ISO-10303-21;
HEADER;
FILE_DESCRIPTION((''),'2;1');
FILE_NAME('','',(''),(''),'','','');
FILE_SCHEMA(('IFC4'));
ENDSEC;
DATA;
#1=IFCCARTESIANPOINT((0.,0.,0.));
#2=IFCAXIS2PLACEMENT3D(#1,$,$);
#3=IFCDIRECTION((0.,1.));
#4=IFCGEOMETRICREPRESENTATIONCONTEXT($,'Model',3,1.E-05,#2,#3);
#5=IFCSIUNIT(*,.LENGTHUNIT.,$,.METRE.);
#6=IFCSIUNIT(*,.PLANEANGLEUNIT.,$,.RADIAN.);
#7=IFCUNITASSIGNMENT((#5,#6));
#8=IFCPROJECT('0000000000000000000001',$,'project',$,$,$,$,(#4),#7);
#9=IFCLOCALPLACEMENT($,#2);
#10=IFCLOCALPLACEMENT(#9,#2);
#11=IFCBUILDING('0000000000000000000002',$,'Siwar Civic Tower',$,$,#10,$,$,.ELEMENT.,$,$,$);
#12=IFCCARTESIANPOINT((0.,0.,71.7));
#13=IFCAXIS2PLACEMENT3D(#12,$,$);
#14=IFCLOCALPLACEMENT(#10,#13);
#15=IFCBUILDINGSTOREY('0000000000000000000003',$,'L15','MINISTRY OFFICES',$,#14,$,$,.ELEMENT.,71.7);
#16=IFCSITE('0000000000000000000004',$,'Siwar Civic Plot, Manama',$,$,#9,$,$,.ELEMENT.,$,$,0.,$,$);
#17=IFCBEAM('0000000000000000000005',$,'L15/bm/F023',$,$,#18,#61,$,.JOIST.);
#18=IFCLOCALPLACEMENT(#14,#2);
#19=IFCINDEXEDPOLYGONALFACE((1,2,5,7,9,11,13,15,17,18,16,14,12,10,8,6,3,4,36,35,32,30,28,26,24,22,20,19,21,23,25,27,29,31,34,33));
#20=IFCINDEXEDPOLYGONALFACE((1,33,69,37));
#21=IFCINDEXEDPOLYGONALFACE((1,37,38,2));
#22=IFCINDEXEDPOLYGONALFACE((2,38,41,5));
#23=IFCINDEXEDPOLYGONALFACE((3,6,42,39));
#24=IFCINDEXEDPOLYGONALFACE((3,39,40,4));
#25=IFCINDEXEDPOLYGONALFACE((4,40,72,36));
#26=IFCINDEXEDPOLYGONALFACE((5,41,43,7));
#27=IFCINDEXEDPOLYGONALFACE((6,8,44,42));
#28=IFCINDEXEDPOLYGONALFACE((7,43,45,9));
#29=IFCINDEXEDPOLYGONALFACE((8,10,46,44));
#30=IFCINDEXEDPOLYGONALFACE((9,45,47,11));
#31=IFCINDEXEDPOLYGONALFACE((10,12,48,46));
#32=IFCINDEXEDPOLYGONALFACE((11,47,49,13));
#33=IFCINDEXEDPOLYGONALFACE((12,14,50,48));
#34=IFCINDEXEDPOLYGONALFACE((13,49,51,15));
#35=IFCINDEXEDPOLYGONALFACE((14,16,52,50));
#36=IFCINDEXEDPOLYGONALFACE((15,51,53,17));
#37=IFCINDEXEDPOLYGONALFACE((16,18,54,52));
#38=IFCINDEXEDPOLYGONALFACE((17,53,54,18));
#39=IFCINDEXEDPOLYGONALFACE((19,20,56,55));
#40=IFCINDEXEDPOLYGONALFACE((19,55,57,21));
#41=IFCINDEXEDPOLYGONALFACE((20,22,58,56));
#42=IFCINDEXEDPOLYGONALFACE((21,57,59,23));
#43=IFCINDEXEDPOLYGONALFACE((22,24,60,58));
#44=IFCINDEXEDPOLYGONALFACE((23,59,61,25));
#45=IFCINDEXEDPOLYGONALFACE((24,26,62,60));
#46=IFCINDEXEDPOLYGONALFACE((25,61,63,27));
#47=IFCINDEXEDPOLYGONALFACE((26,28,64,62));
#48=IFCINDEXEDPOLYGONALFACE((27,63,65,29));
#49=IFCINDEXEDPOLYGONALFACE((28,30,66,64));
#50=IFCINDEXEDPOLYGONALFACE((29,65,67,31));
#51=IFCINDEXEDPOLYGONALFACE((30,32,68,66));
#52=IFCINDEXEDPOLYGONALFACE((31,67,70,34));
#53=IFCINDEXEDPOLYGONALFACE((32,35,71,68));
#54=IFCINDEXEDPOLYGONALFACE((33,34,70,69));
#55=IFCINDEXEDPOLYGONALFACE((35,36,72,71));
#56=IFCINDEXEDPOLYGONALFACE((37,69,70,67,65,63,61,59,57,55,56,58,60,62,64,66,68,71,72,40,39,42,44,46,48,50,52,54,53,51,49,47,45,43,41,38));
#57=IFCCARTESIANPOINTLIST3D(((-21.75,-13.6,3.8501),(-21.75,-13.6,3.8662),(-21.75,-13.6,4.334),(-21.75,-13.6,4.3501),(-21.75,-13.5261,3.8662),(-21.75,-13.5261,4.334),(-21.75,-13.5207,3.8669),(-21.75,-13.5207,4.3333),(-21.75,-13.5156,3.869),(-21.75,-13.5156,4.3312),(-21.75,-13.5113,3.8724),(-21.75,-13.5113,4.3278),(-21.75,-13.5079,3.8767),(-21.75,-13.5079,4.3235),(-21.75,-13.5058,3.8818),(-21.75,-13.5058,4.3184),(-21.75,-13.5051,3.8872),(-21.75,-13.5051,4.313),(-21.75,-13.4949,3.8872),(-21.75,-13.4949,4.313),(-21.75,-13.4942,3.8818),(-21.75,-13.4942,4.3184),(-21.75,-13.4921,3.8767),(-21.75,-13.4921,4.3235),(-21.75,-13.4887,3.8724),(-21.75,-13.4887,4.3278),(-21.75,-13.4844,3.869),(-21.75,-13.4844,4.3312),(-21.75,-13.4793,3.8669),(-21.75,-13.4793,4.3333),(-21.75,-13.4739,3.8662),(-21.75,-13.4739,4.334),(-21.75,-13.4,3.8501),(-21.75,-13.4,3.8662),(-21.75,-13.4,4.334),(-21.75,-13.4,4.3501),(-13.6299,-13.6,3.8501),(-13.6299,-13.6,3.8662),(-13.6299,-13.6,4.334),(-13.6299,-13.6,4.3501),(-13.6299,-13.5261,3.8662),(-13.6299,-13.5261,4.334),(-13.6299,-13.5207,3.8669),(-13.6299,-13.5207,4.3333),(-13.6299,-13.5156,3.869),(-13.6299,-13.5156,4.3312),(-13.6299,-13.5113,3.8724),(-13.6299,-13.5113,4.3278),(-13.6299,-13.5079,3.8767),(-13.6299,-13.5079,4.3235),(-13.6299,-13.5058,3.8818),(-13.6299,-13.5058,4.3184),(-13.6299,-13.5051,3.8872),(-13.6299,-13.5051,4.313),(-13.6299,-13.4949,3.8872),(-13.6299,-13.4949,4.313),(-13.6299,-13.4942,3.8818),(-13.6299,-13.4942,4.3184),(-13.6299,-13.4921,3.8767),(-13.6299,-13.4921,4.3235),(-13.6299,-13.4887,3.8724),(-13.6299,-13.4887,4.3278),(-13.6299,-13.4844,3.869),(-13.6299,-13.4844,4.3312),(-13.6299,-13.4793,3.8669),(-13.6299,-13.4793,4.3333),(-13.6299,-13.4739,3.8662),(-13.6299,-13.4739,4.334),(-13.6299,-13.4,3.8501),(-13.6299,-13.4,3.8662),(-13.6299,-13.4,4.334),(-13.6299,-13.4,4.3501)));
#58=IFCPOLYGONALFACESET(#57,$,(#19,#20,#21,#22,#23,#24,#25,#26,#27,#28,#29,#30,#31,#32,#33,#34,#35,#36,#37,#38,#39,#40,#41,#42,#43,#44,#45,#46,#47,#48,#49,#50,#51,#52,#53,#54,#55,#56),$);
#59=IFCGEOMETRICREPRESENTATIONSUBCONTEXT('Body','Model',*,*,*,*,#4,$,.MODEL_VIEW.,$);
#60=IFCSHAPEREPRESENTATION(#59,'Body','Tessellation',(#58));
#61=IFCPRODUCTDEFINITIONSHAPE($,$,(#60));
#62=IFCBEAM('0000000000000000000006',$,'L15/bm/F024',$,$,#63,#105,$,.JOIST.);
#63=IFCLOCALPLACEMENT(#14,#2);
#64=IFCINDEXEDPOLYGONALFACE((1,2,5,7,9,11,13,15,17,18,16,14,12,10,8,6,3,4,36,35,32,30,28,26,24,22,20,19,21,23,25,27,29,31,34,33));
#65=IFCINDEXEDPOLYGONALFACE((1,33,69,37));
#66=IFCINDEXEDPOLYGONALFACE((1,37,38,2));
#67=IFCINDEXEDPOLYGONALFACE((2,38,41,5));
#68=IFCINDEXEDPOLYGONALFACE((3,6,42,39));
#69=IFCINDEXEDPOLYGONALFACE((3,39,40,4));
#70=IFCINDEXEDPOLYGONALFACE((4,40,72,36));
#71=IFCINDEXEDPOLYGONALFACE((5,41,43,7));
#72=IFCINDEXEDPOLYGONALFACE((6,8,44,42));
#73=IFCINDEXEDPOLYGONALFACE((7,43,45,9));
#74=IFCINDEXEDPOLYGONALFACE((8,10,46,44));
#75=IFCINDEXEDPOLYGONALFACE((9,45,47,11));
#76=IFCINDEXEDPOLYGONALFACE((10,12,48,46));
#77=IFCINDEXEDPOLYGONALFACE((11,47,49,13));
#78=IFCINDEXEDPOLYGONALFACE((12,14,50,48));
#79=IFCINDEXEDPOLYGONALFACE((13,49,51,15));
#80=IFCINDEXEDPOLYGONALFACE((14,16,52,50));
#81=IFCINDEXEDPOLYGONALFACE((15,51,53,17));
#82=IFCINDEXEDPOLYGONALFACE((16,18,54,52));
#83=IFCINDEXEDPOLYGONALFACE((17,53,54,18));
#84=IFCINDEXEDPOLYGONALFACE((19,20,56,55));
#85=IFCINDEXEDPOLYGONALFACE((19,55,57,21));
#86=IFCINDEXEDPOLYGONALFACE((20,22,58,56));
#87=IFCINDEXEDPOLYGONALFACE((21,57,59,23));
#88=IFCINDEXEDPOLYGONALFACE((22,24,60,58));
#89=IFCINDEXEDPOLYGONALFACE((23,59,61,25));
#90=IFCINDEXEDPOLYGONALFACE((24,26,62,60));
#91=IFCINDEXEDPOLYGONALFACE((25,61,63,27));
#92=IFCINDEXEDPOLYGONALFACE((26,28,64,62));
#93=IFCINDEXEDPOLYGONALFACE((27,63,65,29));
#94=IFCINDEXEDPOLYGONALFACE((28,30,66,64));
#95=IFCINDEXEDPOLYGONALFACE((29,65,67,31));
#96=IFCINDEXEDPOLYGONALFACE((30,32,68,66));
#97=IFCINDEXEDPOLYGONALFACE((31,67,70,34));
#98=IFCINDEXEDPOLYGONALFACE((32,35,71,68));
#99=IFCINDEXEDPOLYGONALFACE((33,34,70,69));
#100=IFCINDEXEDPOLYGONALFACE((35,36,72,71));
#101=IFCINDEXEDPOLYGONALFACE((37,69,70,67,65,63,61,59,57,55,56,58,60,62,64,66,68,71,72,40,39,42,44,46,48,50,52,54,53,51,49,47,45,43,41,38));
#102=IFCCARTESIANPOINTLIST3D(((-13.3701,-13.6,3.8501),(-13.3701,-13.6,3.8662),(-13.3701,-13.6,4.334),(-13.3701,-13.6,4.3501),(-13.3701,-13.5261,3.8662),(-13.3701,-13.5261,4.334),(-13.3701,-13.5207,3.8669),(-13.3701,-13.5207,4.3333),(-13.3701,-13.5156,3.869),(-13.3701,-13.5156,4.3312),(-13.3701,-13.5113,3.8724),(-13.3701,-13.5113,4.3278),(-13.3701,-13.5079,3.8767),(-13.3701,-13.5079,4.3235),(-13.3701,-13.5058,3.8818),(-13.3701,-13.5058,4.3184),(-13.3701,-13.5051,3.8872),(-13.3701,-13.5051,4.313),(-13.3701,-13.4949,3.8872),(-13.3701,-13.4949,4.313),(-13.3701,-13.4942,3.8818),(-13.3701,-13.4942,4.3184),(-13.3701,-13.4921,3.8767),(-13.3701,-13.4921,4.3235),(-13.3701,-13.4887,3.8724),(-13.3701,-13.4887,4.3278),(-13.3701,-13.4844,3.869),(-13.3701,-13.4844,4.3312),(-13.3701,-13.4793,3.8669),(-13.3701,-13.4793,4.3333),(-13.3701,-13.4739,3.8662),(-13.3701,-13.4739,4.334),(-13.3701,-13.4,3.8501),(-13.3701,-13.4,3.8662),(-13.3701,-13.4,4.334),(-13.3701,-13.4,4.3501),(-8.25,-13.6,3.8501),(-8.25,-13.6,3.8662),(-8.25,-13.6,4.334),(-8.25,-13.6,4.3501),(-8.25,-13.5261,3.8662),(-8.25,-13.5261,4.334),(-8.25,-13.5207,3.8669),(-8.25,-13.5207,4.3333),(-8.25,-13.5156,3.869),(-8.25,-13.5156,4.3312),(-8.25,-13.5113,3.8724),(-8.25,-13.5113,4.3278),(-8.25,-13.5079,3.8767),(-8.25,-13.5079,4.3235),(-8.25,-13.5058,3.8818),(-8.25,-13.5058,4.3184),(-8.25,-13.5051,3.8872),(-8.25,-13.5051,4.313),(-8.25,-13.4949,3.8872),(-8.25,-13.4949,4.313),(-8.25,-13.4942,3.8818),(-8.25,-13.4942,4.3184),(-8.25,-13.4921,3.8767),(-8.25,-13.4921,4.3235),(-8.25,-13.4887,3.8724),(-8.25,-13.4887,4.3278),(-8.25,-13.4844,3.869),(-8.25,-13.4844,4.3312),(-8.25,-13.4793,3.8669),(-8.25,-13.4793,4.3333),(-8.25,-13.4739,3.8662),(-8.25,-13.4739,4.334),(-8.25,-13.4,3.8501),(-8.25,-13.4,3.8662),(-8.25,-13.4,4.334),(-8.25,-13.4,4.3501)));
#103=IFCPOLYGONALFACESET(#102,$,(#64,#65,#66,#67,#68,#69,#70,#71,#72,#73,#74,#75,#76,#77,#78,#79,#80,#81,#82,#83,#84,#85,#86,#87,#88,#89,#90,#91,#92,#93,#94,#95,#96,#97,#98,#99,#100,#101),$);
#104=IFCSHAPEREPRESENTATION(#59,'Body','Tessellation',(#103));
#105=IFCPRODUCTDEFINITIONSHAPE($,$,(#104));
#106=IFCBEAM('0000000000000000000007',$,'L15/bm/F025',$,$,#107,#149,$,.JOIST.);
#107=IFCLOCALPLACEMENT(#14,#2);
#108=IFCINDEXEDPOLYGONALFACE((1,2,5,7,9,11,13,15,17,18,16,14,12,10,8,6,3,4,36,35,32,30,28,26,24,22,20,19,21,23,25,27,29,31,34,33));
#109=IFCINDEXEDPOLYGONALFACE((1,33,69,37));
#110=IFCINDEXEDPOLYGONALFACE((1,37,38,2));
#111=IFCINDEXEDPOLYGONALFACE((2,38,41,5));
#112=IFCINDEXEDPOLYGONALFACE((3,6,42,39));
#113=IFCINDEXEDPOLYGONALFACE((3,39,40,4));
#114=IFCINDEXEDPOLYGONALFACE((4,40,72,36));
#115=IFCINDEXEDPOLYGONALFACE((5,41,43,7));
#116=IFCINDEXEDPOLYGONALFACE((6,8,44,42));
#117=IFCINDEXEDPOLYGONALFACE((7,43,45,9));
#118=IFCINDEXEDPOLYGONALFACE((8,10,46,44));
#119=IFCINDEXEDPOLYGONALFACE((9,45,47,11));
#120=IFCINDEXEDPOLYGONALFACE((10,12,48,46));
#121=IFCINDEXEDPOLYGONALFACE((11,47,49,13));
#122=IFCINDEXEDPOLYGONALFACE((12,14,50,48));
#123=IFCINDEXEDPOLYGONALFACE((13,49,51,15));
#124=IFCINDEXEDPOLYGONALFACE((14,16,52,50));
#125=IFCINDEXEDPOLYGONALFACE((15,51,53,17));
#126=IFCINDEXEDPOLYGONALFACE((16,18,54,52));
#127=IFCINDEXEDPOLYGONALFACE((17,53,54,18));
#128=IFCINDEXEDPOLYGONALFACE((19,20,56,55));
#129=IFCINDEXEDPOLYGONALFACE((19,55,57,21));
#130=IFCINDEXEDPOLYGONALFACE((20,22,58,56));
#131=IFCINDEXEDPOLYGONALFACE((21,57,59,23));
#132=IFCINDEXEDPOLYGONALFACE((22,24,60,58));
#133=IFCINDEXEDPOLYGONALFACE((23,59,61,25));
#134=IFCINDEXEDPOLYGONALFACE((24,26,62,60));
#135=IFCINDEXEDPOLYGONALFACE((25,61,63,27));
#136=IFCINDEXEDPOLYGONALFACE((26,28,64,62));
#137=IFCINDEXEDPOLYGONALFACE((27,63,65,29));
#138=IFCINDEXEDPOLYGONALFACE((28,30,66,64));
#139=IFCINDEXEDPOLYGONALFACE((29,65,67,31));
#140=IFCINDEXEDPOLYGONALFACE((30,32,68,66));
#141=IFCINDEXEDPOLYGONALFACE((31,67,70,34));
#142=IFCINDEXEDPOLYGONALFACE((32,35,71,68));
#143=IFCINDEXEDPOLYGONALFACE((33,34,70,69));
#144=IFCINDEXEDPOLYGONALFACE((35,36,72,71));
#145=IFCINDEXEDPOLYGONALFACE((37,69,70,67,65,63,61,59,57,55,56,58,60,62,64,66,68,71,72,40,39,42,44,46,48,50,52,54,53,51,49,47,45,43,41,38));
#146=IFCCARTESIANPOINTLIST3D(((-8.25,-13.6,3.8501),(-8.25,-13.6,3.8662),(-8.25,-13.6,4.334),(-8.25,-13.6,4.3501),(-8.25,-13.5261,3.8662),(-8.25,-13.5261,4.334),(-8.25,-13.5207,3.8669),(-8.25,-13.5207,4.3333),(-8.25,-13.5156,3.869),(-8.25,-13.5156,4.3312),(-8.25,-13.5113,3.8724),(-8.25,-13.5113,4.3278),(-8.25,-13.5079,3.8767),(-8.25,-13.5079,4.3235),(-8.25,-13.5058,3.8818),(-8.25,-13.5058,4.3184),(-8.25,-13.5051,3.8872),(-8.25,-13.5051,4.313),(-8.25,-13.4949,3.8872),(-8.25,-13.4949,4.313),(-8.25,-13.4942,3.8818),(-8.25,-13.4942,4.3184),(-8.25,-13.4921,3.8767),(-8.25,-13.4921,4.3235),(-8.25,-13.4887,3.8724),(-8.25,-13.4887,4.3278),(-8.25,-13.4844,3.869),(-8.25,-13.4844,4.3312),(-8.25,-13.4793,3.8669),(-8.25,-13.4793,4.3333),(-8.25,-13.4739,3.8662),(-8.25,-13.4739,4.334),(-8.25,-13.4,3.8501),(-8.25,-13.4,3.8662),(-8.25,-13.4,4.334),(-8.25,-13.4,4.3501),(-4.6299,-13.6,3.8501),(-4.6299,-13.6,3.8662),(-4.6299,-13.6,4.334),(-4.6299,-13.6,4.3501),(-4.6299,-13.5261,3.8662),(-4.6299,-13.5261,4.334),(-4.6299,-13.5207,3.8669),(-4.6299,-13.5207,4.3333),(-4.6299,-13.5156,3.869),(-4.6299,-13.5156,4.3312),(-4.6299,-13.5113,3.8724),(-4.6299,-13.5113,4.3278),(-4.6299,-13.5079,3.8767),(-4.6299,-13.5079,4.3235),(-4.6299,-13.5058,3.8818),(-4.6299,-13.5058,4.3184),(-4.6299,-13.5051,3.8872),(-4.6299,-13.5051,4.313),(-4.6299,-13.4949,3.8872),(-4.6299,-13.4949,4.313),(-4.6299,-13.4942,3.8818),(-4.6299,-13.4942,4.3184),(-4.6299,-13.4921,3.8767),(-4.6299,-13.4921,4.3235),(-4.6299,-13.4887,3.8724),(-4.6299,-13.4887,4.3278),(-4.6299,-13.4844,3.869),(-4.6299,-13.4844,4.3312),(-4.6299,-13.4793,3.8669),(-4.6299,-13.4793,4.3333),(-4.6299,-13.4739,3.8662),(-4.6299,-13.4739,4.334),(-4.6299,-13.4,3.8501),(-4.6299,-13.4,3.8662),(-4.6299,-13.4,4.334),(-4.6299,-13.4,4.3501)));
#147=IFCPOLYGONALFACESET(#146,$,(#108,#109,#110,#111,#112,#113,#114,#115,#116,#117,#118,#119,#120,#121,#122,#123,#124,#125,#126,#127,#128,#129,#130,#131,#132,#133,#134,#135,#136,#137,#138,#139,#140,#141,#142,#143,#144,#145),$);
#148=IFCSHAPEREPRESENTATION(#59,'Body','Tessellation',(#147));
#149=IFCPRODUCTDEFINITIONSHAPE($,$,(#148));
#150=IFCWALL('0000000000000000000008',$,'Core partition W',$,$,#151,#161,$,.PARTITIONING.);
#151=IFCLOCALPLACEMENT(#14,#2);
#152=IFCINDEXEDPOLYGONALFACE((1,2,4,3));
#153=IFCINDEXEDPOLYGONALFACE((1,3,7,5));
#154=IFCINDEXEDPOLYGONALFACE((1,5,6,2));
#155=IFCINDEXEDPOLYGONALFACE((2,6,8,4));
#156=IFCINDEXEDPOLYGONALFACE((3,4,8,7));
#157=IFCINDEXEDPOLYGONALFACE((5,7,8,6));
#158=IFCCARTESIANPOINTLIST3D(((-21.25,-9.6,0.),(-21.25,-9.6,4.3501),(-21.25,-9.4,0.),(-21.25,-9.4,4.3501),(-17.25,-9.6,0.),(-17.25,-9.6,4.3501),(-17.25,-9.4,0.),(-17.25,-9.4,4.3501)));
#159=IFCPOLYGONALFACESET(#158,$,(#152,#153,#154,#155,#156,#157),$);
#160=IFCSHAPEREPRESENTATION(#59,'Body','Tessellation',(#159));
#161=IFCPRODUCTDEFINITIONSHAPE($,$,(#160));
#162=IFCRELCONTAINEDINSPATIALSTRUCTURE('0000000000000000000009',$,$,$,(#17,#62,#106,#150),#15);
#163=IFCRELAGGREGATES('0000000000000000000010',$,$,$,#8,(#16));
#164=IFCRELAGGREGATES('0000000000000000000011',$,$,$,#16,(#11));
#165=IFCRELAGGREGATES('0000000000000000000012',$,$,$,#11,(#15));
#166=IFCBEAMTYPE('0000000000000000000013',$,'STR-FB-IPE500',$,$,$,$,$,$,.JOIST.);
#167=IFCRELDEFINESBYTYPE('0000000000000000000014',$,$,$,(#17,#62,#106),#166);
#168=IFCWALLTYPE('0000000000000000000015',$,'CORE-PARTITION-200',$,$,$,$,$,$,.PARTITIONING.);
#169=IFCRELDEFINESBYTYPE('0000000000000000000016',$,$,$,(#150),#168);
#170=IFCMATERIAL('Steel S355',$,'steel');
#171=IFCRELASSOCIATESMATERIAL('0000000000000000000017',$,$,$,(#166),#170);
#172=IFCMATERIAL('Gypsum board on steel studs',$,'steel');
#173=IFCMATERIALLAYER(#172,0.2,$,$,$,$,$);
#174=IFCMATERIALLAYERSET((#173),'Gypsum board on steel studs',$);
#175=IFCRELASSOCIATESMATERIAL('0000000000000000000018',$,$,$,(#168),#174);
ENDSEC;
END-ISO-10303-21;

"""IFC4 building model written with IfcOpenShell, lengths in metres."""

from ifc_helpers import new_model, si_unit, direction, frame, frame_2d, origin, origin_2d, place, context, subcontext, project, spatial, rectangle, i_section, extrude, material, layer, layer_set, material_profile, profile_set, type_object, element, save


model = new_model("IFC4")

# Units and contexts
model_context = context("Model", 3, precision=1e-05, world=origin(), true_north=direction((0.0, 1.0)))
body_context = subcontext(model_context, "Body", "Model", "MODEL_VIEW")
ifc_project = project(units=[si_unit("LENGTHUNIT", "METRE"), si_unit("PLANEANGLEUNIT", "RADIAN")], contexts=[model_context])

# Site, building, storey
site_placement = place(None, origin())
site = spatial("IfcSite", under=ifc_project, at=site_placement, Name="Siwar Civic Plot, Manama", CompositionType="ELEMENT", RefElevation=0.0)
building_placement = place(site_placement, origin())
building = spatial("IfcBuilding", under=site, at=building_placement, Name="Siwar Civic Tower", CompositionType="ELEMENT")
storey_placement = place(building_placement, frame((0.0, 0.0, 71.7)))
storey = spatial("IfcBuildingStorey", under=building, at=storey_placement, Name="L15", Description="MINISTRY OFFICES", CompositionType="ELEMENT", Elevation=71.7)

# Beams
ifc_material_1 = material(Name="Steel S355", Category="steel")
ifc_material_profile = material_profile(ifc_material_1, i_section(OverallWidth=0.2, OverallDepth=0.5, WebThickness=0.0103, FlangeThickness=0.0161, FilletRadius=0.021, at=origin_2d()), Name="IPE500")
ifc_profile_set = profile_set([ifc_material_profile], Name="Steel S355")
beam_type = type_object("IfcBeamType", Name="STR-FB-IPE500", PredefinedType="JOIST", material=ifc_profile_set)
beam_1_placement = place(storey_placement, frame((-21.75, -13.5, 4.1001), z_axis=(1.0, 0.0, 0.0), x_axis=(0.0, 1.0, 0.0)))
element("IfcBeam", 1, at=beam_1_placement, inside=storey, type_object=beam_type, Name="L15/bm/F023", PredefinedType="JOIST", context=body_context, shape_type="SweptSolid", body=[
    extrude(i_section(OverallWidth=0.2, OverallDepth=0.5, WebThickness=0.0103, FlangeThickness=0.0161, FilletRadius=0.021, at=origin_2d()), origin(), (0.0, 0.0, 1.0), 8.1201),
])
beam_2_placement = place(storey_placement, frame((-13.3701, -13.5, 4.1001), z_axis=(1.0, 0.0, 0.0), x_axis=(0.0, 1.0, 0.0)))
element("IfcBeam", 2, at=beam_2_placement, inside=storey, type_object=beam_type, Name="L15/bm/F024", PredefinedType="JOIST", context=body_context, shape_type="SweptSolid", body=[
    extrude(i_section(OverallWidth=0.2, OverallDepth=0.5, WebThickness=0.0103, FlangeThickness=0.0161, FilletRadius=0.021, at=origin_2d()), origin(), (0.0, 0.0, 1.0), 5.1201),
])
beam_3_placement = place(storey_placement, frame((-8.25, -13.5, 4.1001), z_axis=(1.0, 0.0, 0.0), x_axis=(0.0, 1.0, 0.0)))
element("IfcBeam", 3, at=beam_3_placement, inside=storey, type_object=beam_type, Name="L15/bm/F025", PredefinedType="JOIST", context=body_context, shape_type="SweptSolid", body=[
    extrude(i_section(OverallWidth=0.2, OverallDepth=0.5, WebThickness=0.0103, FlangeThickness=0.0161, FilletRadius=0.021, at=origin_2d()), origin(), (0.0, 0.0, 1.0), 3.6201),
])

# Wall
ifc_material_2 = material(Name="Gypsum board on steel studs", Category="steel")
ifc_layer_1 = layer(ifc_material_2, 0.2)
ifc_layer_set_1 = layer_set([ifc_layer_1], Name="Gypsum board on steel studs")
wall_type_1 = type_object("IfcWallType", Name="CORE-PARTITION-200", PredefinedType="PARTITIONING", material=ifc_layer_set_1)
wall_1_placement = place(storey_placement, frame((-17.25, -9.5, 0.0), z_axis=(0.0, 0.0, 1.0), x_axis=(-1.0, 0.0, 0.0)))
element("IfcWall", 4, at=wall_1_placement, inside=storey, type_object=wall_type_1, Name="Core partition W", PredefinedType="PARTITIONING", context=body_context, shape_type="SweptSolid", body=[
    extrude(rectangle(XDim=4.0, YDim=0.2, at=frame_2d((2.0, 0.0))), origin(), (0.0, 0.0, 1.0), 4.3501),
])

save(model, "model.ifc")
